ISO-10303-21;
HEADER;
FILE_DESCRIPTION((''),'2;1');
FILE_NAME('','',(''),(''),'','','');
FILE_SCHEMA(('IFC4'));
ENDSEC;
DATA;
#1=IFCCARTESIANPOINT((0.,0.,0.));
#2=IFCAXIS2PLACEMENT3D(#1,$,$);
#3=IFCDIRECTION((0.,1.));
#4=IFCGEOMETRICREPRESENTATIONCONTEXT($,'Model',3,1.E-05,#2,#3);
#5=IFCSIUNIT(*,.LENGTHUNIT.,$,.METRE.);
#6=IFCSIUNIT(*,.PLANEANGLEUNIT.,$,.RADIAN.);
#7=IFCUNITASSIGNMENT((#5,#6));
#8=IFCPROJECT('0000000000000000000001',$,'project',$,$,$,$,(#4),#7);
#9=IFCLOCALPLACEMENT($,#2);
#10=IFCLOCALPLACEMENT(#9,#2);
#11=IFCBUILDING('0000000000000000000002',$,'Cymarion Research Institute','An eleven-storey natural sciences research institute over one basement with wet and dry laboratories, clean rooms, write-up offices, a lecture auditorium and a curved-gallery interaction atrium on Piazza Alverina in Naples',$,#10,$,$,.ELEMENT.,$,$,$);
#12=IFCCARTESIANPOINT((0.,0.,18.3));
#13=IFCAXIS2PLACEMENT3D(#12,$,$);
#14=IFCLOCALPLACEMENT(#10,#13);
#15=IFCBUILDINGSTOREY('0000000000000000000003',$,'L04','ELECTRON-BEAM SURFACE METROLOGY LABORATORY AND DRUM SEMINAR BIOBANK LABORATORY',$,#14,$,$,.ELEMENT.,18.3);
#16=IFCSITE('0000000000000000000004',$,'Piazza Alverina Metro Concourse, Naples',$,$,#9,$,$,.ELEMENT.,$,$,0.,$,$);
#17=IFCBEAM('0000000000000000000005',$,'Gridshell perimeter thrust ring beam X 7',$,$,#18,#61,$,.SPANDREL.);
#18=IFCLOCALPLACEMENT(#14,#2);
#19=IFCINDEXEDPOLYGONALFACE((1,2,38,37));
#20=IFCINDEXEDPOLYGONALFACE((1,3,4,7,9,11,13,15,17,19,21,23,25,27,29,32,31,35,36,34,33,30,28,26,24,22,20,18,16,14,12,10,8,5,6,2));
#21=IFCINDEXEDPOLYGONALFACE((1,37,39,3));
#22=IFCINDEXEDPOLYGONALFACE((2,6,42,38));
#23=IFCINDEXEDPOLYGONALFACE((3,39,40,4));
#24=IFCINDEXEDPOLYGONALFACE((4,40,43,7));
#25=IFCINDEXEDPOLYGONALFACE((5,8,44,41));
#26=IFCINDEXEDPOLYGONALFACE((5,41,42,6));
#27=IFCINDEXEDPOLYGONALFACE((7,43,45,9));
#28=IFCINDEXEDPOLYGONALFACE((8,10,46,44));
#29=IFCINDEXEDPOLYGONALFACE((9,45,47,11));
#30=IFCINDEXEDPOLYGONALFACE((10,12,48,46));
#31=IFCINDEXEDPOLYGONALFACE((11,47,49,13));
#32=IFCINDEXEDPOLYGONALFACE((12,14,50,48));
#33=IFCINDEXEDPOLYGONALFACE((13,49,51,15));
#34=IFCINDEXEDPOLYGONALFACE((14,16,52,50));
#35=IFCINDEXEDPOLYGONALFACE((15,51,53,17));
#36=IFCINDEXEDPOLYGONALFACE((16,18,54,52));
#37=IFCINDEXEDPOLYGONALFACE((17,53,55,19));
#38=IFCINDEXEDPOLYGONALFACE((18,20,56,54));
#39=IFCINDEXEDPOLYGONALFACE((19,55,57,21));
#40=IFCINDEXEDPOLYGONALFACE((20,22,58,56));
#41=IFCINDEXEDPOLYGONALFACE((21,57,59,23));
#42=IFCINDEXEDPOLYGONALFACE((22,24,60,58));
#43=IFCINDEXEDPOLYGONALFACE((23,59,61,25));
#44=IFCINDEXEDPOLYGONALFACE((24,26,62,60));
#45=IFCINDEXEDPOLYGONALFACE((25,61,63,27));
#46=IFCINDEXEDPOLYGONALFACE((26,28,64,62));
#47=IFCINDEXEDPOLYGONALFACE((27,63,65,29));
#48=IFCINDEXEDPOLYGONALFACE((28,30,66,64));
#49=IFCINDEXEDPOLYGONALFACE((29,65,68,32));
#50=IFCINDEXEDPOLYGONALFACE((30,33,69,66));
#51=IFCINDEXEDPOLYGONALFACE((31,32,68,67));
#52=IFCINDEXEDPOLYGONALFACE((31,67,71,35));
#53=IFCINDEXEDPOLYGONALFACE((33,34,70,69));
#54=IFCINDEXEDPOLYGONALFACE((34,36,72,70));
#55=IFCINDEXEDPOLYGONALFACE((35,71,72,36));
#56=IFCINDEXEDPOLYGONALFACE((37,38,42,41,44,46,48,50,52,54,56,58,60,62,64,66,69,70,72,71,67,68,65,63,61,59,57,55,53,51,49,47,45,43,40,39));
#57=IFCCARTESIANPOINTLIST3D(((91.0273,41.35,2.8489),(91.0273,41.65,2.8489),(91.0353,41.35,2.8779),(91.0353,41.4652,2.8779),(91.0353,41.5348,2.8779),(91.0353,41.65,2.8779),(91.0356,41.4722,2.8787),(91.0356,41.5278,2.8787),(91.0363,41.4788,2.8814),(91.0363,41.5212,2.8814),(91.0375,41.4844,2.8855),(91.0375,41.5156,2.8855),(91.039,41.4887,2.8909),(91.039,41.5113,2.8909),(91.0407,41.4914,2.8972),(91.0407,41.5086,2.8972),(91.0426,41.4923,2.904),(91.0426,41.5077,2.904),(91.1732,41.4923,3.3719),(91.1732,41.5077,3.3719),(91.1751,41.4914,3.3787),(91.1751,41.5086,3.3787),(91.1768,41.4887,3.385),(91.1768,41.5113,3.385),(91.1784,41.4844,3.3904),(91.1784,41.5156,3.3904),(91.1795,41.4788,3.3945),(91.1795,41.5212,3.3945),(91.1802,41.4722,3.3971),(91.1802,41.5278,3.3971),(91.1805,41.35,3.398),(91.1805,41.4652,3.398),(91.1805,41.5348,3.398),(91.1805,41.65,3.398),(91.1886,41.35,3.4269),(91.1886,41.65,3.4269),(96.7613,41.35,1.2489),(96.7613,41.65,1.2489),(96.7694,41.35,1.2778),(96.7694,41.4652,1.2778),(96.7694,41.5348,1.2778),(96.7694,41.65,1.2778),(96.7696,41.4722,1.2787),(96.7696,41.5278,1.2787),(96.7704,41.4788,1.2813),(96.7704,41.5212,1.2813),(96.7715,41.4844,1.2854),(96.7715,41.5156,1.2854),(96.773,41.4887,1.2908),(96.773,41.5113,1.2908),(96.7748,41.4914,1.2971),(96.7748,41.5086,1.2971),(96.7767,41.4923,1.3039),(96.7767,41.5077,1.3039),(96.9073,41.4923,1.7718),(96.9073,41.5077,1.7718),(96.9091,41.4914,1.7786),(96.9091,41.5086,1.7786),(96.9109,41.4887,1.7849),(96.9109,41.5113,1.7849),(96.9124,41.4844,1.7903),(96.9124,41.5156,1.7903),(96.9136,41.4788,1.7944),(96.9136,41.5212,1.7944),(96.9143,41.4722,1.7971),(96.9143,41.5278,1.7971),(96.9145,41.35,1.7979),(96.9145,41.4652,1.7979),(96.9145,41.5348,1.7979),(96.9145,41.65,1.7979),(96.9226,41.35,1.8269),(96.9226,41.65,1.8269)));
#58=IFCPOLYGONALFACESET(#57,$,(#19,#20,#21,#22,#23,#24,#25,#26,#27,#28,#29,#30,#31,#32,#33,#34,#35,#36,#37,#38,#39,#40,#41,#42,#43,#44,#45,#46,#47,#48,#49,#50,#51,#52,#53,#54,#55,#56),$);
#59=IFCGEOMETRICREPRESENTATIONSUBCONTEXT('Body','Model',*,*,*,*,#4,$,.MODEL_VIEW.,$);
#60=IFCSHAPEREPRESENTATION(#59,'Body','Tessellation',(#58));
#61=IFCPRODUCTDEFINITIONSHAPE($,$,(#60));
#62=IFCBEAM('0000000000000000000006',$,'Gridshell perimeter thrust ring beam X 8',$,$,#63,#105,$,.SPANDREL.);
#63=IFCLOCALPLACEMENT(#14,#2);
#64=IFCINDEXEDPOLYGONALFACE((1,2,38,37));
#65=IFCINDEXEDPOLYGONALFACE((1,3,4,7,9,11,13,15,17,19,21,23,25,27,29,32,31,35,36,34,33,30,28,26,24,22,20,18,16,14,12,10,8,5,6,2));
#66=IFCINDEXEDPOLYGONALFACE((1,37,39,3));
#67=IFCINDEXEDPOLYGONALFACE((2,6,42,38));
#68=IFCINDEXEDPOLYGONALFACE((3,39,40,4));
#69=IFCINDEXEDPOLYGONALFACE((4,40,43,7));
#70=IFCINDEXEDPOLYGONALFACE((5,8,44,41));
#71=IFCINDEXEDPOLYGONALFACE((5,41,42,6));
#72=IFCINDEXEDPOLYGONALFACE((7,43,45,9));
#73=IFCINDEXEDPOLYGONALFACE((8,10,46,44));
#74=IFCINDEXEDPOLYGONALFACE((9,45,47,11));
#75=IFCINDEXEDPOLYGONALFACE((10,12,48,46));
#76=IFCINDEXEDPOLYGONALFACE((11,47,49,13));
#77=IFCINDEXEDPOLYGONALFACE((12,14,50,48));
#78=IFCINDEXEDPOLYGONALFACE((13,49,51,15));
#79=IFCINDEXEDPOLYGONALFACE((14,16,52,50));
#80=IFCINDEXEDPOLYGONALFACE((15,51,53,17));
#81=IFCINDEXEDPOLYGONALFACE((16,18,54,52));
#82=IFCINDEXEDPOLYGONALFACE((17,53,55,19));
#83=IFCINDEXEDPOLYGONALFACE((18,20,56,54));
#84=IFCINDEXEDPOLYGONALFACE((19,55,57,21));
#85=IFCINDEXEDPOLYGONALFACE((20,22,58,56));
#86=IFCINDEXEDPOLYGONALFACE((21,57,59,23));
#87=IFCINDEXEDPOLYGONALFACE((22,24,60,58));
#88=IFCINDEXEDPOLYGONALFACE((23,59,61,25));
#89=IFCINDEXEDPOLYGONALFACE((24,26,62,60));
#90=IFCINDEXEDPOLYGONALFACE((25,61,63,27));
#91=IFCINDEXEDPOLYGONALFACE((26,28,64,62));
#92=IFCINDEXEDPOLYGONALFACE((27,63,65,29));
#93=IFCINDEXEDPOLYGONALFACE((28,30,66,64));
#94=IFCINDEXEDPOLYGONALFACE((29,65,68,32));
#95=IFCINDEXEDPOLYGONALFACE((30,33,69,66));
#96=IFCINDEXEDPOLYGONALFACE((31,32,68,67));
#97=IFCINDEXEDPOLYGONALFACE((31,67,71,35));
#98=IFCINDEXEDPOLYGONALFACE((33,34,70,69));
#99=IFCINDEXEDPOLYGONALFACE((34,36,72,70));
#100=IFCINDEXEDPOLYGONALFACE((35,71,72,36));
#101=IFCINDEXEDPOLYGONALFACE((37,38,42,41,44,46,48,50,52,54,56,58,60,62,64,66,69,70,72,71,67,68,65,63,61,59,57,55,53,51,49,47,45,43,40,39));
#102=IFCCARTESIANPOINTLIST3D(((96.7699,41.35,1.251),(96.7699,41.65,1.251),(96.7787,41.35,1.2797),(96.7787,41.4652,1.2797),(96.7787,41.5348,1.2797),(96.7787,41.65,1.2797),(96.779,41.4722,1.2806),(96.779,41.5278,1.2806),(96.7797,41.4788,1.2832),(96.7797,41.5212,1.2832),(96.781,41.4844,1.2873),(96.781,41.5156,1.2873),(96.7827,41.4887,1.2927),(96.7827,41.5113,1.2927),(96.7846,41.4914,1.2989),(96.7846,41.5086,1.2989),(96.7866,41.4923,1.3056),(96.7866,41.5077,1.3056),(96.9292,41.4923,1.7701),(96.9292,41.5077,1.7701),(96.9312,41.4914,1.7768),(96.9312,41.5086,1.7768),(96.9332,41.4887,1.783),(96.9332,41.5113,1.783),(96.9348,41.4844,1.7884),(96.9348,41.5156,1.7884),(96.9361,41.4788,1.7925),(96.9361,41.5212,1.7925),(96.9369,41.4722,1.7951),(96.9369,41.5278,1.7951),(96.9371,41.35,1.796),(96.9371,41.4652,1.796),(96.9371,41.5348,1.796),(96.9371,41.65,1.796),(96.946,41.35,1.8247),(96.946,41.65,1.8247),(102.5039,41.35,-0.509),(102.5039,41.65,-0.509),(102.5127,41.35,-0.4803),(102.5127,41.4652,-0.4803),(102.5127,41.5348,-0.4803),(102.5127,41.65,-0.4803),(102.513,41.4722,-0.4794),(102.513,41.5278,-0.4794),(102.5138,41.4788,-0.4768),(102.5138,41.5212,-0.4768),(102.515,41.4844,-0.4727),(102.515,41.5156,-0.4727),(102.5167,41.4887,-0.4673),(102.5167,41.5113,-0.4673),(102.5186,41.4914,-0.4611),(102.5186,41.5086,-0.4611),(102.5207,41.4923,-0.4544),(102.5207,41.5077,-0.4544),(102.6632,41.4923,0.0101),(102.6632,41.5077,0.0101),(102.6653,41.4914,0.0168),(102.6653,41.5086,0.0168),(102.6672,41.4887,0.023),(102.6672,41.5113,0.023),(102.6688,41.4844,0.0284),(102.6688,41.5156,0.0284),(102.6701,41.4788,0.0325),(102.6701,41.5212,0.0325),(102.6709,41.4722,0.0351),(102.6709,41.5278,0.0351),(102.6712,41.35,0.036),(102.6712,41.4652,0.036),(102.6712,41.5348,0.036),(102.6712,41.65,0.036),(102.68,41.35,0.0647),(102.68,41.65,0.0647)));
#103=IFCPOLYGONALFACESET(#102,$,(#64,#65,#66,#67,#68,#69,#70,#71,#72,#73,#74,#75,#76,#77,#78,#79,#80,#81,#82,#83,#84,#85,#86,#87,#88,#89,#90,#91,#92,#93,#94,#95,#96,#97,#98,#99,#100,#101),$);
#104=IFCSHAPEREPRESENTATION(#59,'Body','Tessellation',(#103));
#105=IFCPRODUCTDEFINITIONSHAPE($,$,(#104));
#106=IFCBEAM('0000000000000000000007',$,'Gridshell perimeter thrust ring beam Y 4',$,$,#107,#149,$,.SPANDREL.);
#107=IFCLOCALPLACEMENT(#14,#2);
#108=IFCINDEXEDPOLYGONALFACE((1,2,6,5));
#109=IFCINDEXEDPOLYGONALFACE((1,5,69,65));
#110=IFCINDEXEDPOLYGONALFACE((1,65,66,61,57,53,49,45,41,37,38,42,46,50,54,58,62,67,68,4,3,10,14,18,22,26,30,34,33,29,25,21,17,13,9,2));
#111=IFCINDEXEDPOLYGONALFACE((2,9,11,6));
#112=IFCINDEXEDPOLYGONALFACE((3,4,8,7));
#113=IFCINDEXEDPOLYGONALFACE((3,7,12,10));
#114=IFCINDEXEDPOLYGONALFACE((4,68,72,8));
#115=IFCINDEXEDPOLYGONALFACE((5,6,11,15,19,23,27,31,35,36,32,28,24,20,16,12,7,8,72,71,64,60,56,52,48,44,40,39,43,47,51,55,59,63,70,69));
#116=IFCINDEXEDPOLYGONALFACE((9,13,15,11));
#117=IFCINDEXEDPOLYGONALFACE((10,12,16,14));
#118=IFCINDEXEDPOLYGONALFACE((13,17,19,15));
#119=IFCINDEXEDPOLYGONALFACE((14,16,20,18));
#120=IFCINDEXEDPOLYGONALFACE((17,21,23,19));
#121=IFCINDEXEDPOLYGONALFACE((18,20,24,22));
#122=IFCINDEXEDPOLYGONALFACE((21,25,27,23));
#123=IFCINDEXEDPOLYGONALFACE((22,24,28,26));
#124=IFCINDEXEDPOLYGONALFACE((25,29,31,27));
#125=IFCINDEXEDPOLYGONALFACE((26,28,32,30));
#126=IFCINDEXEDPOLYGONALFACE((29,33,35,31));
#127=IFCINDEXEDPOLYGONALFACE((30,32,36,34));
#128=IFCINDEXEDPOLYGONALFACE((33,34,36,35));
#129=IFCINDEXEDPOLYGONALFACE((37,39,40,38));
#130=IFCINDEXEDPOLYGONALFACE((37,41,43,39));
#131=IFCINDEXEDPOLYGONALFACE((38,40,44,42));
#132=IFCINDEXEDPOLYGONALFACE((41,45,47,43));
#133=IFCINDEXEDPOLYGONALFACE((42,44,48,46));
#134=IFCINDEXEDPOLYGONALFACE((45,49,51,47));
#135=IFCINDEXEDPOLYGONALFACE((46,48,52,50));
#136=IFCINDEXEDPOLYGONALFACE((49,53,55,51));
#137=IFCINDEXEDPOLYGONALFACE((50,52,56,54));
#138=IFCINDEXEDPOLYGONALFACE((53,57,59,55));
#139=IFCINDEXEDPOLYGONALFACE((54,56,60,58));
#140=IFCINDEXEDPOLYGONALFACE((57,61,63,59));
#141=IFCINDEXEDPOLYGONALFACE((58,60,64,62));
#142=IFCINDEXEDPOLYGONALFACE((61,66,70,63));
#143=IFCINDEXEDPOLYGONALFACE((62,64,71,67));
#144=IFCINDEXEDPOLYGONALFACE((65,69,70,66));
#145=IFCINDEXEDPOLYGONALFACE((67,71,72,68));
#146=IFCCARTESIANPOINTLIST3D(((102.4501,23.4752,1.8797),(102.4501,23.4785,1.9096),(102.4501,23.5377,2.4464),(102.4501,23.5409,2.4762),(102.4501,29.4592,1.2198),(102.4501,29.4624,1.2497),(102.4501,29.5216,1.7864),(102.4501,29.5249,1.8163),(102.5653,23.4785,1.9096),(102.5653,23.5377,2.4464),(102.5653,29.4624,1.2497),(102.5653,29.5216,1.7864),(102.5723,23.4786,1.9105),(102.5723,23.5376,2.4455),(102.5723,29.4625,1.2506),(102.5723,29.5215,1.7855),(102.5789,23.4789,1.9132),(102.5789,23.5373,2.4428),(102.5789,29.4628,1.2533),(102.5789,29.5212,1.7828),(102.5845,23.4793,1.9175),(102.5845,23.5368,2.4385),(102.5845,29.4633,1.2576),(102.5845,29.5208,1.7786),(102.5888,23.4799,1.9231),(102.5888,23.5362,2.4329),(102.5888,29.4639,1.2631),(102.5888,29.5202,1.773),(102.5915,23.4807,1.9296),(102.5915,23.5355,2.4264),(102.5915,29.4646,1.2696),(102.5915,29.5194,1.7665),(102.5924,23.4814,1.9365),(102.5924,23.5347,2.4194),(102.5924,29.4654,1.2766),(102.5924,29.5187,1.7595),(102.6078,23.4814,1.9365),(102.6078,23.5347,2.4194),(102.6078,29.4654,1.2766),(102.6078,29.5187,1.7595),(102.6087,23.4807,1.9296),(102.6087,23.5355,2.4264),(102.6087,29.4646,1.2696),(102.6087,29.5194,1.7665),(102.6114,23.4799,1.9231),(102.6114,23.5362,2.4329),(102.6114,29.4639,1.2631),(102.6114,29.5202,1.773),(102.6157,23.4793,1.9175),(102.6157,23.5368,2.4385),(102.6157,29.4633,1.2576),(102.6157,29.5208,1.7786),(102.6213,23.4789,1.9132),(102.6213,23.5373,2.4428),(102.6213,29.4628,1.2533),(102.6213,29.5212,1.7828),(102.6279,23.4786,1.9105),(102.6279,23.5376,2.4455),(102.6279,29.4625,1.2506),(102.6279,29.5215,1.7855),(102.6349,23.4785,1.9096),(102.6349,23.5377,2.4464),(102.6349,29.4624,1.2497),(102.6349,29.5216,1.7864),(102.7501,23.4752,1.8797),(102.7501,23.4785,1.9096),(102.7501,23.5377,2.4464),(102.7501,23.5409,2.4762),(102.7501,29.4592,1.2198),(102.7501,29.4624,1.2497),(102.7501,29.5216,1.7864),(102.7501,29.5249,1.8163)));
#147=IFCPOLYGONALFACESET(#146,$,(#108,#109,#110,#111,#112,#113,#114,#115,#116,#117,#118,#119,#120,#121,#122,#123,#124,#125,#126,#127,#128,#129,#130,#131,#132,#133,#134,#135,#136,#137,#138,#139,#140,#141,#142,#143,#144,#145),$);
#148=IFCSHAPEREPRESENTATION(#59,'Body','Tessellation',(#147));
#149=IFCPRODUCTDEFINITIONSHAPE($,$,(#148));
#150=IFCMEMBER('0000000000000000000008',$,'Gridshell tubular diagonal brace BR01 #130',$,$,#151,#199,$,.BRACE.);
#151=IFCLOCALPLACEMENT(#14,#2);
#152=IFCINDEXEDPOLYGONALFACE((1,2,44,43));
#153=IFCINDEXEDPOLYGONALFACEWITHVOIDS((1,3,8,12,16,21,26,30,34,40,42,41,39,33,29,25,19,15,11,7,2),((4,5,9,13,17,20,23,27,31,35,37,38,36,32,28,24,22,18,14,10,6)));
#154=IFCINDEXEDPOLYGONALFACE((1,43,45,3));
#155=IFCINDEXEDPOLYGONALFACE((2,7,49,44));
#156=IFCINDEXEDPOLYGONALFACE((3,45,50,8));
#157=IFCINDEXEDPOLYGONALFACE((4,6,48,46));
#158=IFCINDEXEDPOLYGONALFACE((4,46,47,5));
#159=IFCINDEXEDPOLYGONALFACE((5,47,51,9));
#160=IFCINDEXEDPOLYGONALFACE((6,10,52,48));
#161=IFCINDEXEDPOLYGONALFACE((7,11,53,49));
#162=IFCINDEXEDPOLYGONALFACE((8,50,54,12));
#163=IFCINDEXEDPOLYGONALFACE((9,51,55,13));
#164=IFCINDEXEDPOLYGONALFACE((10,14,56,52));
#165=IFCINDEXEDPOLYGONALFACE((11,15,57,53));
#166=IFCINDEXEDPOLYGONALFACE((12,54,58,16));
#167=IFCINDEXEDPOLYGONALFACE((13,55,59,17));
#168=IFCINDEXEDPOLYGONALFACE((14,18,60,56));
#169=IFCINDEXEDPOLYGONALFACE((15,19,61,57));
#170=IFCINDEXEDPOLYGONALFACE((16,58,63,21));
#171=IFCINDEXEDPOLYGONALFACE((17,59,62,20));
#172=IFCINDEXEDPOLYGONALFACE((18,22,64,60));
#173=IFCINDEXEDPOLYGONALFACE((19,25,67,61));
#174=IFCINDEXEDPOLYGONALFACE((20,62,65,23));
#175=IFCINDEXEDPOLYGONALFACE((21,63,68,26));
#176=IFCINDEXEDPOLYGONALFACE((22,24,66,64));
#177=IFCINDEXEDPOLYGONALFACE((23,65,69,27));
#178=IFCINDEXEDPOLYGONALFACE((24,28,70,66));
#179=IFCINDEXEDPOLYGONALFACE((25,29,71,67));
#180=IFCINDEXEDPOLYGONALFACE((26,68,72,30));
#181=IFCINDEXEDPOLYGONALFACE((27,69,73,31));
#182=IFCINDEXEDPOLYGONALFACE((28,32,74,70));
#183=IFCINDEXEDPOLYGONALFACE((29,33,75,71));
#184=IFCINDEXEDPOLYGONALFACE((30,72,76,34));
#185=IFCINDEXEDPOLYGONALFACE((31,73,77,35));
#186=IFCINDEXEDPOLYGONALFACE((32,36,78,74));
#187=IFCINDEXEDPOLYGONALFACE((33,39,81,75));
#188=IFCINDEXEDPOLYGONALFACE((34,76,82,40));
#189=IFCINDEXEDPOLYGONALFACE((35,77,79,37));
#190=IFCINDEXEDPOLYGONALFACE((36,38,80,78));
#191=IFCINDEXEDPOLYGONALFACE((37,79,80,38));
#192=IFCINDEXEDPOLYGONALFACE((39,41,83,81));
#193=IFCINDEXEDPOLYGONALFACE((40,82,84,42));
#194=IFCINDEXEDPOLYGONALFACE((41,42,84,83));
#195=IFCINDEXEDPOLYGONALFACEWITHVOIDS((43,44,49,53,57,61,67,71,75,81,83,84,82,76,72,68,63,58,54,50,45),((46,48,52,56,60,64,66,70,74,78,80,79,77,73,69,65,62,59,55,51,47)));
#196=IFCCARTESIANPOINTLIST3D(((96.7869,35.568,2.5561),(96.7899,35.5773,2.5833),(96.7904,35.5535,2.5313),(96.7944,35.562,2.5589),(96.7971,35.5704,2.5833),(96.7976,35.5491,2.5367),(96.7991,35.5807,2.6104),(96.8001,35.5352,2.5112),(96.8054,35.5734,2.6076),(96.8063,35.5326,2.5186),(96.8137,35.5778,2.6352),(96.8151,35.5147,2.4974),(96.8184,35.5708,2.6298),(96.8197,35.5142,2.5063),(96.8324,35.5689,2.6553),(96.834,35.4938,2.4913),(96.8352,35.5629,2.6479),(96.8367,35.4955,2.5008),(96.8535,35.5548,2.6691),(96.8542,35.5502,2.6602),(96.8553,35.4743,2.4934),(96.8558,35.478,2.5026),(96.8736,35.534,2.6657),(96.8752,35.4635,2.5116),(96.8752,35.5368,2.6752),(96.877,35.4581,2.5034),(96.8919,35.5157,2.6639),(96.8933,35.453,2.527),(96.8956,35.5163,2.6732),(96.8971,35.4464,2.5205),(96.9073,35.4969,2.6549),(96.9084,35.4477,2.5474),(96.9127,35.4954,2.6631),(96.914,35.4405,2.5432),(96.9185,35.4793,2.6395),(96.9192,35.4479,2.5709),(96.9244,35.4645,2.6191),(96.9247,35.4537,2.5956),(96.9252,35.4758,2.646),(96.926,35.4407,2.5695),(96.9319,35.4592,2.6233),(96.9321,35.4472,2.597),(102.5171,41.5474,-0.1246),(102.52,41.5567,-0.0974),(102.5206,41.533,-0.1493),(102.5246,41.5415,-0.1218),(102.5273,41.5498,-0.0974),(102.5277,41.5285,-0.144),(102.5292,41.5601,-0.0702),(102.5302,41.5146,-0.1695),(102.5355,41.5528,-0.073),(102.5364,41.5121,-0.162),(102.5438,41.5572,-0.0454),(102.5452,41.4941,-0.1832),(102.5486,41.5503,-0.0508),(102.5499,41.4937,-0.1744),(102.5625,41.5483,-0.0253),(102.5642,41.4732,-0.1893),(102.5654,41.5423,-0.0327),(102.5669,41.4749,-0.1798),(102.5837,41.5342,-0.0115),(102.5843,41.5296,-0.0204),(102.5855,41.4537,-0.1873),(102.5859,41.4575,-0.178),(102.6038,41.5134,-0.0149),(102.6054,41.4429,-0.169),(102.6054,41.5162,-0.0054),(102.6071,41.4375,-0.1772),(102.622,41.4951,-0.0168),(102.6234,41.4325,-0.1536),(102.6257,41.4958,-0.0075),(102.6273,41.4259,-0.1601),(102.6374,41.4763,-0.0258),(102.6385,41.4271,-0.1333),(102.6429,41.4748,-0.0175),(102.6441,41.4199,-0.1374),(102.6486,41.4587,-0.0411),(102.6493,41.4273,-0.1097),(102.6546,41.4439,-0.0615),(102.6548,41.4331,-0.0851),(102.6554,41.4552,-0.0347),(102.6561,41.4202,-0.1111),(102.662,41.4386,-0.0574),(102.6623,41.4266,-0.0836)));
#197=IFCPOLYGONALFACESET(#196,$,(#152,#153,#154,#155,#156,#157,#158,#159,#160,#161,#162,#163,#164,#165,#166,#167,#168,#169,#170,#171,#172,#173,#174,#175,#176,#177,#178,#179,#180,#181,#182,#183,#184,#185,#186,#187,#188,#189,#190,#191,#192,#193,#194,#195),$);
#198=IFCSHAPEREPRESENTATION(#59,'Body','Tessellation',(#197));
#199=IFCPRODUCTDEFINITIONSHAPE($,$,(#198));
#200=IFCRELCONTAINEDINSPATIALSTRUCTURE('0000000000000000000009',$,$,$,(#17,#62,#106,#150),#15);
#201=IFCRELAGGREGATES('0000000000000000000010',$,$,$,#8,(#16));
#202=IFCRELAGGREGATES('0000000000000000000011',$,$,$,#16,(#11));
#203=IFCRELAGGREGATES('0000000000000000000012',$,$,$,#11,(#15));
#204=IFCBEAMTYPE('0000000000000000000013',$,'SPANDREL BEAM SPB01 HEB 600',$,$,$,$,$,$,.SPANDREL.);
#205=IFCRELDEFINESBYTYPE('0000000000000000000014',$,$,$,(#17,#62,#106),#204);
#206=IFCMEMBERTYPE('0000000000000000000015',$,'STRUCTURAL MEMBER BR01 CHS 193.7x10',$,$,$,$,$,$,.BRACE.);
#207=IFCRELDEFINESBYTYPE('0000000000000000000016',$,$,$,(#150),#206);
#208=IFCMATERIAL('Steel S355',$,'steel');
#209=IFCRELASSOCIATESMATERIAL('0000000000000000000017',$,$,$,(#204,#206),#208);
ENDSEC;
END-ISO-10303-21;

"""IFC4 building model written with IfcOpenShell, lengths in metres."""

from ifc_helpers import new_model, si_unit, direction, frame, origin, origin_2d, place, context, subcontext, project, spatial, hollow_circle, i_section, extrude, material, material_profile, profile_set, type_object, element, save


model = new_model("IFC4")

# Units and contexts
model_context = context("Model", 3, precision=1e-05, world=origin(), true_north=direction((0.0, 1.0)))
body_context = subcontext(model_context, "Body", "Model", "MODEL_VIEW")
ifc_project = project(units=[si_unit("LENGTHUNIT", "METRE"), si_unit("PLANEANGLEUNIT", "RADIAN")], contexts=[model_context])

# Site, building, storey
site_placement = place(None, origin())
site = spatial("IfcSite", under=ifc_project, at=site_placement, Name="Piazza Alverina Metro Concourse, Naples", CompositionType="ELEMENT", RefElevation=0.0)
building_placement = place(site_placement, origin())
building = spatial("IfcBuilding", under=site, at=building_placement, Name="Cymarion Research Institute", Description="An eleven-storey natural sciences research institute over one basement with wet and dry laboratories, clean rooms, write-up offices, a lecture auditorium and a curved-gallery interaction atrium on Piazza Alverina in Naples", CompositionType="ELEMENT")
storey_placement = place(building_placement, frame((0.0, 0.0, 18.3)))
storey = spatial("IfcBuildingStorey", under=building, at=storey_placement, Name="L04", Description="ELECTRON-BEAM SURFACE METROLOGY LABORATORY AND DRUM SEMINAR BIOBANK LABORATORY", CompositionType="ELEMENT", Elevation=18.3)

# Beams
ifc_material_1 = material(Name="Steel S355", Category="steel")
ifc_material_profile_1 = material_profile(ifc_material_1, i_section(OverallWidth=0.3, OverallDepth=0.6001, WebThickness=0.0154, FlangeThickness=0.03, FilletRadius=0.0271, at=origin_2d()), Name="HEB 600")
ifc_profile_set_1 = profile_set([ifc_material_profile_1], Name="Steel S355")
beam_type = type_object("IfcBeamType", Name="SPANDREL BEAM SPB01 HEB 600", PredefinedType="SPANDREL", material=ifc_profile_set_1)
beam_1_placement = place(storey_placement, frame((91.1079, 41.5, 3.1379), z_axis=(0.963202, 0.0, -0.26878), x_axis=(0.0, 1.0, 0.0)))
element("IfcBeam", 1, at=beam_1_placement, inside=storey, type_object=beam_type, Name="Gridshell perimeter thrust ring beam X 7", PredefinedType="SPANDREL", context=body_context, shape_type="SweptSolid", body=[
    extrude(i_section(OverallWidth=0.3, OverallDepth=0.6001, WebThickness=0.0154, FlangeThickness=0.03, FilletRadius=0.0271, at=origin_2d()), origin(), (0.0, 0.0, 1.0), 5.9531),
])
beam_2_placement = place(storey_placement, frame((96.8579, 41.5, 1.5378), z_axis=(0.955982, 0.0, -0.293425), x_axis=(0.0, 1.0, 0.0)))
element("IfcBeam", 2, at=beam_2_placement, inside=storey, type_object=beam_type, Name="Gridshell perimeter thrust ring beam X 8", PredefinedType="SPANDREL", context=body_context, shape_type="SweptSolid", body=[
    extrude(i_section(OverallWidth=0.3, OverallDepth=0.6001, WebThickness=0.0154, FlangeThickness=0.03, FilletRadius=0.0271, at=origin_2d()), origin(), (0.0, 0.0, 1.0), 5.998),
])
beam_3_placement = place(storey_placement, frame((102.6001, 23.5081, 2.178), z_axis=(0.0, 0.993974, -0.109617), x_axis=(-1.0, 0.0, 0.0)))
element("IfcBeam", 3, at=beam_3_placement, inside=storey, type_object=beam_type, Name="Gridshell perimeter thrust ring beam Y 4", PredefinedType="SPANDREL", context=body_context, shape_type="SweptSolid", body=[
    extrude(i_section(OverallWidth=0.3, OverallDepth=0.6001, WebThickness=0.0154, FlangeThickness=0.03, FilletRadius=0.0271, at=origin_2d()), origin(), (0.0, 0.0, 1.0), 6.0203),
])

# Member
ifc_material_profile_2 = material_profile(ifc_material_1, hollow_circle(Radius=0.0969, WallThickness=0.01, at=origin_2d()), Name="CHS 193.7x10")
ifc_profile_set_2 = profile_set([ifc_material_profile_2], Name="Steel S355")
member_type_1 = type_object("IfcMemberType", Name="STRUCTURAL MEMBER BR01 CHS 193.7x10", PredefinedType="BRACE", material=ifc_profile_set_2)
member_1_placement = place(storey_placement, frame((96.8599, 35.5103, 2.5833), z_axis=(0.658274, 0.686909, -0.307948), x_axis=(-0.721996, 0.691898, 0.0)))
element("IfcMember", 4, at=member_1_placement, inside=storey, type_object=member_type_1, Name="Gridshell tubular diagonal brace BR01 #130", PredefinedType="BRACE", context=body_context, shape_type="SweptSolid", body=[
    extrude(hollow_circle(Radius=0.0969, WallThickness=0.01, at=origin_2d()), origin(), (0.0, 0.0, 1.0), 8.7048),
])

save(model, "model.ifc")
